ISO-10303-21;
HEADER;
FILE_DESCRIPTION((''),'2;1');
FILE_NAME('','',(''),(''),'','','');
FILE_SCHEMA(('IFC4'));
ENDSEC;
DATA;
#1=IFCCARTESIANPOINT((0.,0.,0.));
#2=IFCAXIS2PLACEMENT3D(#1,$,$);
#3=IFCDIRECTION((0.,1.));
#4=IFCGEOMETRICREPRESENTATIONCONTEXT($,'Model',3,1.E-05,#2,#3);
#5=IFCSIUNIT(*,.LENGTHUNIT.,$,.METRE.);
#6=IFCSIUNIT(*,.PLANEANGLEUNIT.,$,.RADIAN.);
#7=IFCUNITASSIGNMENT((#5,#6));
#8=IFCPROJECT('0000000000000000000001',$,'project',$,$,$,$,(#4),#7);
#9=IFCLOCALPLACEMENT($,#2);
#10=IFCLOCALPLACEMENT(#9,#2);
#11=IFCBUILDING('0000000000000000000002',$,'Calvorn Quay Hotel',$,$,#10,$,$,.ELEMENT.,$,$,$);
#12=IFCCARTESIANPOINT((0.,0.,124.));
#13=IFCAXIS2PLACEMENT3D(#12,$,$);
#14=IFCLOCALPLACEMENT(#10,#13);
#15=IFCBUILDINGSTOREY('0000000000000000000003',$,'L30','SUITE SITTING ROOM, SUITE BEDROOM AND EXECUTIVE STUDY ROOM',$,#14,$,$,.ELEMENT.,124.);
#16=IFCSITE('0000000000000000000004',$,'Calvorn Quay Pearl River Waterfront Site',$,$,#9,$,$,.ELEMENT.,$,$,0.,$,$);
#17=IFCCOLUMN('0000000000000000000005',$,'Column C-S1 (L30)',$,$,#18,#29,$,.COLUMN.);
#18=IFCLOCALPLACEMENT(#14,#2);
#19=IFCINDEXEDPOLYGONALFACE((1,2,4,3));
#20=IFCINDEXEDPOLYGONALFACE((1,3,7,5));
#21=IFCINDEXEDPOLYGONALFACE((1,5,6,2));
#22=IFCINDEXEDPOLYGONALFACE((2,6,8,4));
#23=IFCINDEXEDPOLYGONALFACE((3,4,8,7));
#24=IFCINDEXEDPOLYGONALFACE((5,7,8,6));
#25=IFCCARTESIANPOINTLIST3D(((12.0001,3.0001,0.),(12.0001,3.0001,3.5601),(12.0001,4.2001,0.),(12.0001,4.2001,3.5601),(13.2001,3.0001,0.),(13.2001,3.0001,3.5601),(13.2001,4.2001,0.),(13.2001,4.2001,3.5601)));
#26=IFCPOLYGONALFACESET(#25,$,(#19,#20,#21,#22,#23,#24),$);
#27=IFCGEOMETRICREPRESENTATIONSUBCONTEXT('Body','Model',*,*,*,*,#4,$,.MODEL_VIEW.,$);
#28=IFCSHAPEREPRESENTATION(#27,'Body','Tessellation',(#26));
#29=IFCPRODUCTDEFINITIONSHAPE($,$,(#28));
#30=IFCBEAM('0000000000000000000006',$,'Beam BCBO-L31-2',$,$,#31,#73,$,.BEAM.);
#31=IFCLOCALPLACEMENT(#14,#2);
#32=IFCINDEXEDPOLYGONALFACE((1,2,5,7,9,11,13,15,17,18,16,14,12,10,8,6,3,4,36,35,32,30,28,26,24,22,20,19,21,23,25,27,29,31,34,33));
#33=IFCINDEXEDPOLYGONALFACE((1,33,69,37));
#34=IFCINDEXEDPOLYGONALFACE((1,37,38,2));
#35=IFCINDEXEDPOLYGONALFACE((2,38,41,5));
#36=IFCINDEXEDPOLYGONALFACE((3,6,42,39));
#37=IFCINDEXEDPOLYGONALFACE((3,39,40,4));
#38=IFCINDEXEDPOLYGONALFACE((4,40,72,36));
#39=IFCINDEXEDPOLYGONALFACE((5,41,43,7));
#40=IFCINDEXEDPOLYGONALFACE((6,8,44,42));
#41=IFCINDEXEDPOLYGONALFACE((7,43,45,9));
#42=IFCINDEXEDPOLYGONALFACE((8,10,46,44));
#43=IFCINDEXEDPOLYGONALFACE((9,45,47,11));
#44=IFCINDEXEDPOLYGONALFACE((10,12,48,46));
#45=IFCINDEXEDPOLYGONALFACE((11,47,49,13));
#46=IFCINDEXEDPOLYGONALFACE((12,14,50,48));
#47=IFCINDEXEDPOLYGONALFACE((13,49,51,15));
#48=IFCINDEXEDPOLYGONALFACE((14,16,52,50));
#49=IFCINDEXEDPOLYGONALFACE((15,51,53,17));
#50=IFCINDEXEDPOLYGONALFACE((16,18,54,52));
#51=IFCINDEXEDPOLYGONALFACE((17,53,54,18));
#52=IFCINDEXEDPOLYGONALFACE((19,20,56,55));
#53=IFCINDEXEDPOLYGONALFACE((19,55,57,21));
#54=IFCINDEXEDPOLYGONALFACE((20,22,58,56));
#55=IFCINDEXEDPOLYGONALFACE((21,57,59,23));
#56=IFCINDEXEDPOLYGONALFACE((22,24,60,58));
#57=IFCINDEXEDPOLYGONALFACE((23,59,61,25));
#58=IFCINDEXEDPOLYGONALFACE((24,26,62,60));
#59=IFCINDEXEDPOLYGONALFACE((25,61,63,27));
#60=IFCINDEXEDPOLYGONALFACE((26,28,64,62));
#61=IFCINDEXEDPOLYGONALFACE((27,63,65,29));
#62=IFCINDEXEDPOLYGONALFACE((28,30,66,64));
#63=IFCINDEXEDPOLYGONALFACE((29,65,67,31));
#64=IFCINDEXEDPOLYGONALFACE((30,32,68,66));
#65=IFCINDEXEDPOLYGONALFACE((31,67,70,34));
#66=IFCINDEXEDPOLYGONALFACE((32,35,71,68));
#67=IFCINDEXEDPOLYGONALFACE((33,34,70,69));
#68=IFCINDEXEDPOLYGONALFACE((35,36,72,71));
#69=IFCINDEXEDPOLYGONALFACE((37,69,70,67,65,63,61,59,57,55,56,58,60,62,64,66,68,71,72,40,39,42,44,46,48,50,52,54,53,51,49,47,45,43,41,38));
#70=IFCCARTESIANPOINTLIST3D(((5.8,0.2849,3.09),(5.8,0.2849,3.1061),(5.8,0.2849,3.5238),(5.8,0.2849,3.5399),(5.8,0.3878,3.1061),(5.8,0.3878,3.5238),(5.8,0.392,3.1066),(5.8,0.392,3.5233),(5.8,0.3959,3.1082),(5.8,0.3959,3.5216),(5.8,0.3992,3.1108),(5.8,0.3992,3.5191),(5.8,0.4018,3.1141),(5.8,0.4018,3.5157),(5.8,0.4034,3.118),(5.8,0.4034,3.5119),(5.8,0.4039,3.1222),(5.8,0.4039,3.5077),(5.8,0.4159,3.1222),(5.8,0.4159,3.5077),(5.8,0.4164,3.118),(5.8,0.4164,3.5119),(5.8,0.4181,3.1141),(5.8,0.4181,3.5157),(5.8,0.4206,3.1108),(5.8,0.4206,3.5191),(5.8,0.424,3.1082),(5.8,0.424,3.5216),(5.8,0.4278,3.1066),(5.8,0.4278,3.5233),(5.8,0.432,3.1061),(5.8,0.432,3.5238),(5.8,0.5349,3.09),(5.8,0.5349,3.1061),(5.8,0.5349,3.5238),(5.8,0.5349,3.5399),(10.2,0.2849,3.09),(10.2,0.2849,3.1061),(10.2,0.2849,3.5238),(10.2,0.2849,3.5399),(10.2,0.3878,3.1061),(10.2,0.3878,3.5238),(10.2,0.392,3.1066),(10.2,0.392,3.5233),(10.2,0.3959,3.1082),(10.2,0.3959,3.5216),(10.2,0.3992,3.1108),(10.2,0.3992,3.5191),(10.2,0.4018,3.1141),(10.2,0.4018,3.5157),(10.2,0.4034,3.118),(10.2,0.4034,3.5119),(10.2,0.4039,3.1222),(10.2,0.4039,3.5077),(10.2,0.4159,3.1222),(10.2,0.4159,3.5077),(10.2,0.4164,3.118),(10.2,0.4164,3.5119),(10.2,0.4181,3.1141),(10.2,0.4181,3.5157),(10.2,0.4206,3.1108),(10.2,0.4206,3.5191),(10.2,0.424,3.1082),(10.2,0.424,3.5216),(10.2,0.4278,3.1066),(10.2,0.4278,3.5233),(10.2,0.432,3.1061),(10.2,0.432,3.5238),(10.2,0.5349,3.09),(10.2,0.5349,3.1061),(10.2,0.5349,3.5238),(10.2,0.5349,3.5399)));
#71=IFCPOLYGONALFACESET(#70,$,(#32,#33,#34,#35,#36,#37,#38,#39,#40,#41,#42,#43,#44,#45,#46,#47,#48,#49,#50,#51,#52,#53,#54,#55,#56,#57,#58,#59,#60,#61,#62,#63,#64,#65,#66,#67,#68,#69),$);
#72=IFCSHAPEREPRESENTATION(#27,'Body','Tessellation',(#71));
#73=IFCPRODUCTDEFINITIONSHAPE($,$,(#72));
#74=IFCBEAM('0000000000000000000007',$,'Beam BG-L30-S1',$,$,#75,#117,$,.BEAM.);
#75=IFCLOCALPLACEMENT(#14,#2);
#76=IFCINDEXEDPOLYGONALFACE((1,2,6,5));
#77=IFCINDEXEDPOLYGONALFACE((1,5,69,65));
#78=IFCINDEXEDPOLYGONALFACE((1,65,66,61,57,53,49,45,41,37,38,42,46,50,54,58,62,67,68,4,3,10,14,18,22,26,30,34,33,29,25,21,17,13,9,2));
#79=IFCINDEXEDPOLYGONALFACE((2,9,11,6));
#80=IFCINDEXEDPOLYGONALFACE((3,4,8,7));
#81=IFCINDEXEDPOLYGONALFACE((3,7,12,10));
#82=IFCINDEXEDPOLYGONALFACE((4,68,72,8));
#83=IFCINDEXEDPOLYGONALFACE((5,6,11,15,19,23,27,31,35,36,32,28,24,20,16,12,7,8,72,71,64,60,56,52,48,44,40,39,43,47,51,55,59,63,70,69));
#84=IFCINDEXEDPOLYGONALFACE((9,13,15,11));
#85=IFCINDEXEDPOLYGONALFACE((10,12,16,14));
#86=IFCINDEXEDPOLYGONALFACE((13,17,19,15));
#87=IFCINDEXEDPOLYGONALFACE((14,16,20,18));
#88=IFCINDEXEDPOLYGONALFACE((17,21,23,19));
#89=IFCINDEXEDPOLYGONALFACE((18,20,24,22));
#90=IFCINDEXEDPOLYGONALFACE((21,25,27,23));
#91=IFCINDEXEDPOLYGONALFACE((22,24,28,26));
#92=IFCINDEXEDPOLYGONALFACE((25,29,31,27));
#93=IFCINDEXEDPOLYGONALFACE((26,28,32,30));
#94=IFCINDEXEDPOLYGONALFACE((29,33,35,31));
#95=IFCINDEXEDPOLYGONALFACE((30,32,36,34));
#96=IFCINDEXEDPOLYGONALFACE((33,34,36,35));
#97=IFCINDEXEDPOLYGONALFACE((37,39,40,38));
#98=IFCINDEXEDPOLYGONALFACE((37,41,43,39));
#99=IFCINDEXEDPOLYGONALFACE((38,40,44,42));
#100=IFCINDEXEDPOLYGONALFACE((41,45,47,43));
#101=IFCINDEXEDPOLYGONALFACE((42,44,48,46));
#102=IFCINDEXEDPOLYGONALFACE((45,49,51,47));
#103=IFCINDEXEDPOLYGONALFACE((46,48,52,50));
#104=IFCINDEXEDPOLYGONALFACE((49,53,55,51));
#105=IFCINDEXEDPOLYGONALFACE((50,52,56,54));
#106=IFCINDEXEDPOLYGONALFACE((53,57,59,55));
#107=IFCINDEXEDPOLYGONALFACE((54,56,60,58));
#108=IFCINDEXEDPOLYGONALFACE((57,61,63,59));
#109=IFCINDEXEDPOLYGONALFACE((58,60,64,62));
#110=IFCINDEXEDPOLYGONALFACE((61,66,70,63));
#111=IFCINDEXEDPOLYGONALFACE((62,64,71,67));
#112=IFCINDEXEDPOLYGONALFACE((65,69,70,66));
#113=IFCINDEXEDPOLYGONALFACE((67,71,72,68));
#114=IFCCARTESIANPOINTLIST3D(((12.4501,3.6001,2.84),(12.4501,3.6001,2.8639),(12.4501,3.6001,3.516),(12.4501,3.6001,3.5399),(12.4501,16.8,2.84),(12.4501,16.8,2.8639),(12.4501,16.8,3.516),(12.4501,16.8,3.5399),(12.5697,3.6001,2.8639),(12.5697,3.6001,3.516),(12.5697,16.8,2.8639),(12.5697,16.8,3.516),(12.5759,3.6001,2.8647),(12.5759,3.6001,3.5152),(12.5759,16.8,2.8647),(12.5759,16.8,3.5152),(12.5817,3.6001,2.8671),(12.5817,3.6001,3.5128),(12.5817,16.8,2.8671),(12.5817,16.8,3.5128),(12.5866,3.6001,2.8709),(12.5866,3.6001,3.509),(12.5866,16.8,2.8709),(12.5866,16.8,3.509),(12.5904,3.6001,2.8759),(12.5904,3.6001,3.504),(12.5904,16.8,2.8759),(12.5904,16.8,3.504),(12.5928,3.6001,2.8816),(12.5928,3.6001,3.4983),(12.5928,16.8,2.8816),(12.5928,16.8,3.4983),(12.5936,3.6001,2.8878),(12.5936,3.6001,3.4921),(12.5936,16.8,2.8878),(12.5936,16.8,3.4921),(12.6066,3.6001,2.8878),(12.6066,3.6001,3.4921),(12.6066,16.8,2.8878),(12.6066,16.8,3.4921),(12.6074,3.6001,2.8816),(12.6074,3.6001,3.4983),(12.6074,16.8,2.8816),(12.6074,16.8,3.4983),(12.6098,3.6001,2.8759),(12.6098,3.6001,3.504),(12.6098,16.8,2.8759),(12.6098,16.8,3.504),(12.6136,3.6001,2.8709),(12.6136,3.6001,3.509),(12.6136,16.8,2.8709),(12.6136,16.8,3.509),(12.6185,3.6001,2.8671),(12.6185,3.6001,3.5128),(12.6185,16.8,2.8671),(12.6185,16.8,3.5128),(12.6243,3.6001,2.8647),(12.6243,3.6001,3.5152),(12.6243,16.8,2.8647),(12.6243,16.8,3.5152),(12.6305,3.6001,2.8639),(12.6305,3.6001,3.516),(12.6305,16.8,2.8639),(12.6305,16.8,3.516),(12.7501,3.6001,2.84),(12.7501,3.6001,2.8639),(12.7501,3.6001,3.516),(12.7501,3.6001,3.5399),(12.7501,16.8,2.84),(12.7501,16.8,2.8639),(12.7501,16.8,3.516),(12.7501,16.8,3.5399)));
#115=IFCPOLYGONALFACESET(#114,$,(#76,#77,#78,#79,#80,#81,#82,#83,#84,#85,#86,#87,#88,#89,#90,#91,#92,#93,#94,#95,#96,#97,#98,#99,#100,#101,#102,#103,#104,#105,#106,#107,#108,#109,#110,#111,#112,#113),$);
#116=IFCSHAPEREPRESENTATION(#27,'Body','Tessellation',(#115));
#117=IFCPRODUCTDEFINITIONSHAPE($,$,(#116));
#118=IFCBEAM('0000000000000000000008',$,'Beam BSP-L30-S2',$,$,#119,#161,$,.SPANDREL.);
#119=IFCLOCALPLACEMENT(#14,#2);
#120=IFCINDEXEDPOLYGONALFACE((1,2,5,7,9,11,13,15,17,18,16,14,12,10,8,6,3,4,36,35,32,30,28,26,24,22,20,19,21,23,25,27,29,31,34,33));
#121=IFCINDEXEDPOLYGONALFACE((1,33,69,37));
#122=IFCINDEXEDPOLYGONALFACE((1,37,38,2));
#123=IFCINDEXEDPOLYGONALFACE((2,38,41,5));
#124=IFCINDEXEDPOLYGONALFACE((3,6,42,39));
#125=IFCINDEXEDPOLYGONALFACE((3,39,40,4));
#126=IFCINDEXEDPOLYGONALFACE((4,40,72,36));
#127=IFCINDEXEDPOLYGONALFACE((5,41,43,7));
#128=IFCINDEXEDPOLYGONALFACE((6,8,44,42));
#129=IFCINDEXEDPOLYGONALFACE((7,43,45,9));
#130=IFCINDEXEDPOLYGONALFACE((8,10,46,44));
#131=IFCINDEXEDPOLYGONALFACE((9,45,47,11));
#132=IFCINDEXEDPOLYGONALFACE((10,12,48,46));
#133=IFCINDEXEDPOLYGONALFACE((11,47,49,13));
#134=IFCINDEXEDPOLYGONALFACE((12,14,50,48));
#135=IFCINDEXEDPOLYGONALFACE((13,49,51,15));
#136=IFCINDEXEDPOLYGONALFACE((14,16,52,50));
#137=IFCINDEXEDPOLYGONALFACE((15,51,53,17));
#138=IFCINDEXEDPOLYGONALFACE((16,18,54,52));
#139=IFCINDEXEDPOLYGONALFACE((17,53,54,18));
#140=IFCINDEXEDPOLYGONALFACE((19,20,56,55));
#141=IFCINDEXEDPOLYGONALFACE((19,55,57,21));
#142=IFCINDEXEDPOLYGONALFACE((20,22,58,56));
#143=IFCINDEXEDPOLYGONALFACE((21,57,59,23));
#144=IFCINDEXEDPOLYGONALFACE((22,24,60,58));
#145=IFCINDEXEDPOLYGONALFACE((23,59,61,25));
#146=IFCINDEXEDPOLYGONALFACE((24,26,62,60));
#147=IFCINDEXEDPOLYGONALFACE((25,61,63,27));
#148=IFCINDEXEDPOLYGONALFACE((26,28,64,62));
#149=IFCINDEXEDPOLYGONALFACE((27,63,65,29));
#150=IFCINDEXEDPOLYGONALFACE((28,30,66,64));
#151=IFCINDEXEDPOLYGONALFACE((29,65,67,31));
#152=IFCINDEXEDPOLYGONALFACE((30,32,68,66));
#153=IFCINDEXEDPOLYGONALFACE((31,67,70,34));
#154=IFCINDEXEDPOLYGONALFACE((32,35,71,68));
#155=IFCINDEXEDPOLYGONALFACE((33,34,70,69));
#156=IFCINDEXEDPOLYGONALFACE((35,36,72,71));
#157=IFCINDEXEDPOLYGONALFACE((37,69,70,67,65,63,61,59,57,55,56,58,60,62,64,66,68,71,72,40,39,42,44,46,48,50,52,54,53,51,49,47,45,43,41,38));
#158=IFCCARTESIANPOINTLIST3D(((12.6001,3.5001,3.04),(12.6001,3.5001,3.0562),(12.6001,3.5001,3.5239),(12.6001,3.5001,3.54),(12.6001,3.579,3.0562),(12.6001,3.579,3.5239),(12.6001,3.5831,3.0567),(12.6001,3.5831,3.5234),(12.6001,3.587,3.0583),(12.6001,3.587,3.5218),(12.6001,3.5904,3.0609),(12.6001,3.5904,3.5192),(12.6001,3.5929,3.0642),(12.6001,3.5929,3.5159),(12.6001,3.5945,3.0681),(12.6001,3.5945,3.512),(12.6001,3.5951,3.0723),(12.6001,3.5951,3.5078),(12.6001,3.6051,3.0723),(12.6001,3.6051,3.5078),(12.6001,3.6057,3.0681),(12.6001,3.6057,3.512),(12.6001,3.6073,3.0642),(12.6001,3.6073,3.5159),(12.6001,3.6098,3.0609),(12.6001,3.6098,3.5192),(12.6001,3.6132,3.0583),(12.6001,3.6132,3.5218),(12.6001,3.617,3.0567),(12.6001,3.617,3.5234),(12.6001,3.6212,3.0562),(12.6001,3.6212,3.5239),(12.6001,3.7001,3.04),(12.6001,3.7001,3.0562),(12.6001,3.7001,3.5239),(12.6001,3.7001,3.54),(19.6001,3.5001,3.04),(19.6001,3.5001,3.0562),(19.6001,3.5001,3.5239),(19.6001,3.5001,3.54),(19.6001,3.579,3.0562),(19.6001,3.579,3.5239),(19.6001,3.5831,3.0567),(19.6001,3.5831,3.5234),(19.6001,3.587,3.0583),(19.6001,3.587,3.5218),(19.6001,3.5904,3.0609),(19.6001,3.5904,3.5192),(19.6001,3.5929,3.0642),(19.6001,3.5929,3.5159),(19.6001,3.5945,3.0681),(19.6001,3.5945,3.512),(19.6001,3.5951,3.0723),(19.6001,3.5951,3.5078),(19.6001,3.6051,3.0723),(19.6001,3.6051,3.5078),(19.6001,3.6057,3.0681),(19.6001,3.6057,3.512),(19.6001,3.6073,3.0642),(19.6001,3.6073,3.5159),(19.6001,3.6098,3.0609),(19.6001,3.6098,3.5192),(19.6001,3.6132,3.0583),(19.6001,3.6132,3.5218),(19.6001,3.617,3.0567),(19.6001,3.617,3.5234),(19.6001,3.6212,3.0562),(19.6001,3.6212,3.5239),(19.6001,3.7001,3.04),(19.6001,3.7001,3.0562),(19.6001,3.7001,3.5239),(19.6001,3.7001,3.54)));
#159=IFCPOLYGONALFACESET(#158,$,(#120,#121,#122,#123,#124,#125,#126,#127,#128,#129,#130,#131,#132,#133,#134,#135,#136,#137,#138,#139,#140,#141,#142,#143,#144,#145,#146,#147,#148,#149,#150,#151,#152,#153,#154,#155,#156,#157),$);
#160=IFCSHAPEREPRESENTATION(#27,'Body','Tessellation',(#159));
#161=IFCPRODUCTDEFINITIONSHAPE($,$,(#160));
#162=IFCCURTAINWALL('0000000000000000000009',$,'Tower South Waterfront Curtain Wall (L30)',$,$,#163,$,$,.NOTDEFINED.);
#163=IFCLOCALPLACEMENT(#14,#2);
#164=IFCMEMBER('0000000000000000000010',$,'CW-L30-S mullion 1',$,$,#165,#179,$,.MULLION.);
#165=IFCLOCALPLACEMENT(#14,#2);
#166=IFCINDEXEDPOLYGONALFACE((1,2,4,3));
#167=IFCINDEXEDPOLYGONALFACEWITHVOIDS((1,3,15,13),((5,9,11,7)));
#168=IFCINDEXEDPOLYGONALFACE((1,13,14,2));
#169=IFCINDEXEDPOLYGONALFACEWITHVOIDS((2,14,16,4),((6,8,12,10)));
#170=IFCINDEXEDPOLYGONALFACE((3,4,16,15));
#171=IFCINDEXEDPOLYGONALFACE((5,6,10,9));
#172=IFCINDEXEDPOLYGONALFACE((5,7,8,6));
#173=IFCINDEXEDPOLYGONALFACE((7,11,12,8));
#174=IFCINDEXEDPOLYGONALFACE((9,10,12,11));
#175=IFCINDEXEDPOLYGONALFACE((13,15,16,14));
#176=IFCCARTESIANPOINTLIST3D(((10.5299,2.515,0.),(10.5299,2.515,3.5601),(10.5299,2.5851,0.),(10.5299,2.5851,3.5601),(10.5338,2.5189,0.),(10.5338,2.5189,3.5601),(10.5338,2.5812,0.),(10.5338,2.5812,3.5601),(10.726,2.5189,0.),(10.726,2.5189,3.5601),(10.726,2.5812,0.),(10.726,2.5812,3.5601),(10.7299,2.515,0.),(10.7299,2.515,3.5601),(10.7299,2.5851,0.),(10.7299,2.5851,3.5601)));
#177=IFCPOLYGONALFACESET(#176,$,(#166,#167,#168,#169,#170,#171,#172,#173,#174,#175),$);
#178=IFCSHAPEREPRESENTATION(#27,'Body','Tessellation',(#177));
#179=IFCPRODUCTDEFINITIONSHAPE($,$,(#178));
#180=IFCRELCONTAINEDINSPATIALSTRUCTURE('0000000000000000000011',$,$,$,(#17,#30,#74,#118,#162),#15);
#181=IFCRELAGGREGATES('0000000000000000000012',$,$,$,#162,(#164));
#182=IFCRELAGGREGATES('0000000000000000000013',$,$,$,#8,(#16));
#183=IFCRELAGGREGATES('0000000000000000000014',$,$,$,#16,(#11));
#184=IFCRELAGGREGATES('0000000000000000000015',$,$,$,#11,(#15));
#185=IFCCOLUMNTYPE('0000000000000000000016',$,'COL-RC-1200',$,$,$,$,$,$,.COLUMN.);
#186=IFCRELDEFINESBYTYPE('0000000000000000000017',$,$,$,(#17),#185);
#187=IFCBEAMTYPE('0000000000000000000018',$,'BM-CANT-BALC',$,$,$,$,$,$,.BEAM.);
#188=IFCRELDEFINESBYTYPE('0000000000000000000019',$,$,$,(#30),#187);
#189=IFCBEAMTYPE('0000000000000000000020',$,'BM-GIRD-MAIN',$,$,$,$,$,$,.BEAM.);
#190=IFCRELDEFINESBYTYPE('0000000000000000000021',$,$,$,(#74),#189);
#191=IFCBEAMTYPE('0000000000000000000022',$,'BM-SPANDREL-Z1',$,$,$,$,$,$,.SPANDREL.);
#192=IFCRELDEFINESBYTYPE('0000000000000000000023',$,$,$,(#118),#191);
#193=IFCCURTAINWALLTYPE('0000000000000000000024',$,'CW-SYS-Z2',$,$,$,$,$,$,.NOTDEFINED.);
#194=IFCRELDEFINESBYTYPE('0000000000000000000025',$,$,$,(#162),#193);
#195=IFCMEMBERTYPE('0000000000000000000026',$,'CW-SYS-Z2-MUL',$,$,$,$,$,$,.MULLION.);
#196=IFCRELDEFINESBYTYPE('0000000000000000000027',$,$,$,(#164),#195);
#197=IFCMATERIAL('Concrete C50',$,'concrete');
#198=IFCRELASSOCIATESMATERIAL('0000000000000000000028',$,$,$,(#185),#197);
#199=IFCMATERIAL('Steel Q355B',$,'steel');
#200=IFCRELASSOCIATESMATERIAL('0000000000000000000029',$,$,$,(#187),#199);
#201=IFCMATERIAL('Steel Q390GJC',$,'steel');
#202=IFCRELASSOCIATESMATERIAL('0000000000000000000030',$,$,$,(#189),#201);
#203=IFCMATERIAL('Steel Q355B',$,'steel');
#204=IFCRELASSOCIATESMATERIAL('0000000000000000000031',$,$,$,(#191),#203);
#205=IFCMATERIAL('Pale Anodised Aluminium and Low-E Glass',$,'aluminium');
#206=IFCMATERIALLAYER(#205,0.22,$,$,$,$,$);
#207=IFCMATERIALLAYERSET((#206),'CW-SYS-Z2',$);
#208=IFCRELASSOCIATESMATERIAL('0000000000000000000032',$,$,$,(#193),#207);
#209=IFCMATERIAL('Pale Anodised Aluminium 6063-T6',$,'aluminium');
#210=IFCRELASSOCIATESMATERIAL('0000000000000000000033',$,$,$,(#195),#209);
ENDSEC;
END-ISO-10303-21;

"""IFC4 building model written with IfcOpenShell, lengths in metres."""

from ifc_helpers import new_model, si_unit, direction, frame, origin, origin_2d, place, context, subcontext, project, spatial, rectangle, hollow_rectangle, i_section, extrude, material, layer, layer_set, material_profile, profile_set, type_object, element, aggregate, save


model = new_model("IFC4")

# Units and contexts
model_context = context("Model", 3, precision=1e-05, world=origin(), true_north=direction((0.0, 1.0)))
body_context = subcontext(model_context, "Body", "Model", "MODEL_VIEW")
ifc_project = project(units=[si_unit("LENGTHUNIT", "METRE"), si_unit("PLANEANGLEUNIT", "RADIAN")], contexts=[model_context])

# Site, building, storey
site_placement = place(None, origin())
site = spatial("IfcSite", under=ifc_project, at=site_placement, Name="Calvorn Quay Pearl River Waterfront Site", CompositionType="ELEMENT", RefElevation=0.0)
building_placement = place(site_placement, origin())
building = spatial("IfcBuilding", under=site, at=building_placement, Name="Calvorn Quay Hotel", CompositionType="ELEMENT")
storey_placement = place(building_placement, frame((0.0, 0.0, 124.0)))
storey = spatial("IfcBuildingStorey", under=building, at=storey_placement, Name="L30", Description="SUITE SITTING ROOM, SUITE BEDROOM AND EXECUTIVE STUDY ROOM", CompositionType="ELEMENT", Elevation=124.0)

# Column
ifc_material_1 = material(Name="Concrete C50", Category="concrete")
ifc_material_profile_1 = material_profile(ifc_material_1, rectangle(XDim=1.2, YDim=1.2, at=origin_2d()), Name="RC1200x1200")
ifc_profile_set_1 = profile_set([ifc_material_profile_1], Name="Concrete C50")
column_type = type_object("IfcColumnType", Name="COL-RC-1200", PredefinedType="COLUMN", material=ifc_profile_set_1)
column_placement = place(storey_placement, frame((12.6001, 3.6001, 0.0), z_axis=(0.0, 0.0, 1.0), x_axis=(1.0, 0.0, 0.0)))
element("IfcColumn", 1, at=column_placement, inside=storey, type_object=column_type, Name="Column C-S1 (L30)", PredefinedType="COLUMN", context=body_context, shape_type="SweptSolid", body=[
    extrude(rectangle(XDim=1.2, YDim=1.2, at=origin_2d()), origin(), (0.0, 0.0, 1.0), 3.5601),
])

# Beams
ifc_material_2 = material(Name="Steel Q355B", Category="steel")
ifc_material_profile_2 = material_profile(ifc_material_2, i_section(OverallWidth=0.25, OverallDepth=0.45, WebThickness=0.012, FlangeThickness=0.0161, FilletRadius=0.0161, at=origin_2d()), Name="HN450x250x12x16")
ifc_profile_set_2 = profile_set([ifc_material_profile_2], Name="Steel Q355B")
beam_type_1 = type_object("IfcBeamType", Name="BM-CANT-BALC", PredefinedType="BEAM", material=ifc_profile_set_2)
beam_1_placement = place(storey_placement, frame((5.8, 0.4099, 3.3149), z_axis=(1.0, 0.0, 0.0), x_axis=(0.0, 1.0, 0.0)))
element("IfcBeam", 2, at=beam_1_placement, inside=storey, type_object=beam_type_1, Name="Beam BCBO-L31-2", PredefinedType="BEAM", context=body_context, shape_type="SweptSolid", body=[
    extrude(i_section(OverallWidth=0.25, OverallDepth=0.45, WebThickness=0.012, FlangeThickness=0.0161, FilletRadius=0.0161, at=origin_2d()), origin(), (0.0, 0.0, 1.0), 4.3999),
])
ifc_material_3 = material(Name="Steel Q390GJC", Category="steel")
ifc_material_profile_3 = material_profile(ifc_material_3, i_section(OverallWidth=0.3, OverallDepth=0.7, WebThickness=0.0129, FlangeThickness=0.0239, FilletRadius=0.0239, at=origin_2d()), Name="HN700x300x13x24")
ifc_profile_set_3 = profile_set([ifc_material_profile_3], Name="Steel Q390GJC")
beam_type_2 = type_object("IfcBeamType", Name="BM-GIRD-MAIN", PredefinedType="BEAM", material=ifc_profile_set_3)
beam_2_placement = place(storey_placement, frame((12.6001, 3.6001, 3.1899), z_axis=(0.0, 1.0, 0.0), x_axis=(-1.0, 0.0, 0.0)))
element("IfcBeam", 3, at=beam_2_placement, inside=storey, type_object=beam_type_2, Name="Beam BG-L30-S1", PredefinedType="BEAM", context=body_context, shape_type="SweptSolid", body=[
    extrude(i_section(OverallWidth=0.3, OverallDepth=0.7, WebThickness=0.0129, FlangeThickness=0.0239, FilletRadius=0.0239, at=origin_2d()), origin(), (0.0, 0.0, 1.0), 13.2),
])
ifc_material_4 = material(Name="Steel Q355B", Category="steel")
ifc_material_profile_4 = material_profile(ifc_material_4, i_section(OverallWidth=0.2, OverallDepth=0.5, WebThickness=0.01, FlangeThickness=0.0161, FilletRadius=0.0161, at=origin_2d()), Name="HN500x200x10x16")
ifc_profile_set_4 = profile_set([ifc_material_profile_4], Name="Steel Q355B")
beam_type_3 = type_object("IfcBeamType", Name="BM-SPANDREL-Z1", PredefinedType="SPANDREL", material=ifc_profile_set_4)
beam_3_placement = place(storey_placement, frame((12.6001, 3.6001, 3.29), z_axis=(1.0, 0.0, 0.0), x_axis=(0.0, 1.0, 0.0)))
element("IfcBeam", 4, at=beam_3_placement, inside=storey, type_object=beam_type_3, Name="Beam BSP-L30-S2", PredefinedType="SPANDREL", context=body_context, shape_type="SweptSolid", body=[
    extrude(i_section(OverallWidth=0.2, OverallDepth=0.5, WebThickness=0.01, FlangeThickness=0.0161, FilletRadius=0.0161, at=origin_2d()), origin(), (0.0, 0.0, 1.0), 7.0),
])

# Curtain wall, member
ifc_material_5 = material(Name="Pale Anodised Aluminium and Low-E Glass", Category="aluminium")
ifc_layer_1 = layer(ifc_material_5, 0.22)
ifc_layer_set_1 = layer_set([ifc_layer_1], Name="CW-SYS-Z2")
curtain_wall_type = type_object("IfcCurtainWallType", Name="CW-SYS-Z2", PredefinedType="NOTDEFINED", material=ifc_layer_set_1)
curtain_wall_placement = place(storey_placement, origin())
curtain_wall = element("IfcCurtainWall", 5, at=curtain_wall_placement, inside=storey, type_object=curtain_wall_type, Name="Tower South Waterfront Curtain Wall (L30)", PredefinedType="NOTDEFINED")
ifc_material_6 = material(Name="Pale Anodised Aluminium 6063-T6", Category="aluminium")
ifc_material_profile_5 = material_profile(ifc_material_6, hollow_rectangle(XDim=0.0701, YDim=0.2, WallThickness=0.0039, at=origin_2d()), Name="ALU-M200x70x4")
ifc_profile_set_5 = profile_set([ifc_material_profile_5], Name="Pale Anodised Aluminium 6063-T6")
member_type_1 = type_object("IfcMemberType", Name="CW-SYS-Z2-MUL", PredefinedType="MULLION", material=ifc_profile_set_5)
member_1_placement = place(storey_placement, frame((10.6299, 2.55, 0.0), z_axis=(0.0, 0.0, 1.0), x_axis=(0.0, 1.0, 0.0)))
member_1 = element("IfcMember", 6, at=member_1_placement, type_object=member_type_1, Name="CW-L30-S mullion 1", PredefinedType="MULLION", context=body_context, shape_type="SweptSolid", body=[
    extrude(hollow_rectangle(XDim=0.0701, YDim=0.2, WallThickness=0.0039, at=origin_2d()), origin(), (0.0, 0.0, 1.0), 3.5601),
])
aggregate(curtain_wall, [member_1])

save(model, "model.ifc")
